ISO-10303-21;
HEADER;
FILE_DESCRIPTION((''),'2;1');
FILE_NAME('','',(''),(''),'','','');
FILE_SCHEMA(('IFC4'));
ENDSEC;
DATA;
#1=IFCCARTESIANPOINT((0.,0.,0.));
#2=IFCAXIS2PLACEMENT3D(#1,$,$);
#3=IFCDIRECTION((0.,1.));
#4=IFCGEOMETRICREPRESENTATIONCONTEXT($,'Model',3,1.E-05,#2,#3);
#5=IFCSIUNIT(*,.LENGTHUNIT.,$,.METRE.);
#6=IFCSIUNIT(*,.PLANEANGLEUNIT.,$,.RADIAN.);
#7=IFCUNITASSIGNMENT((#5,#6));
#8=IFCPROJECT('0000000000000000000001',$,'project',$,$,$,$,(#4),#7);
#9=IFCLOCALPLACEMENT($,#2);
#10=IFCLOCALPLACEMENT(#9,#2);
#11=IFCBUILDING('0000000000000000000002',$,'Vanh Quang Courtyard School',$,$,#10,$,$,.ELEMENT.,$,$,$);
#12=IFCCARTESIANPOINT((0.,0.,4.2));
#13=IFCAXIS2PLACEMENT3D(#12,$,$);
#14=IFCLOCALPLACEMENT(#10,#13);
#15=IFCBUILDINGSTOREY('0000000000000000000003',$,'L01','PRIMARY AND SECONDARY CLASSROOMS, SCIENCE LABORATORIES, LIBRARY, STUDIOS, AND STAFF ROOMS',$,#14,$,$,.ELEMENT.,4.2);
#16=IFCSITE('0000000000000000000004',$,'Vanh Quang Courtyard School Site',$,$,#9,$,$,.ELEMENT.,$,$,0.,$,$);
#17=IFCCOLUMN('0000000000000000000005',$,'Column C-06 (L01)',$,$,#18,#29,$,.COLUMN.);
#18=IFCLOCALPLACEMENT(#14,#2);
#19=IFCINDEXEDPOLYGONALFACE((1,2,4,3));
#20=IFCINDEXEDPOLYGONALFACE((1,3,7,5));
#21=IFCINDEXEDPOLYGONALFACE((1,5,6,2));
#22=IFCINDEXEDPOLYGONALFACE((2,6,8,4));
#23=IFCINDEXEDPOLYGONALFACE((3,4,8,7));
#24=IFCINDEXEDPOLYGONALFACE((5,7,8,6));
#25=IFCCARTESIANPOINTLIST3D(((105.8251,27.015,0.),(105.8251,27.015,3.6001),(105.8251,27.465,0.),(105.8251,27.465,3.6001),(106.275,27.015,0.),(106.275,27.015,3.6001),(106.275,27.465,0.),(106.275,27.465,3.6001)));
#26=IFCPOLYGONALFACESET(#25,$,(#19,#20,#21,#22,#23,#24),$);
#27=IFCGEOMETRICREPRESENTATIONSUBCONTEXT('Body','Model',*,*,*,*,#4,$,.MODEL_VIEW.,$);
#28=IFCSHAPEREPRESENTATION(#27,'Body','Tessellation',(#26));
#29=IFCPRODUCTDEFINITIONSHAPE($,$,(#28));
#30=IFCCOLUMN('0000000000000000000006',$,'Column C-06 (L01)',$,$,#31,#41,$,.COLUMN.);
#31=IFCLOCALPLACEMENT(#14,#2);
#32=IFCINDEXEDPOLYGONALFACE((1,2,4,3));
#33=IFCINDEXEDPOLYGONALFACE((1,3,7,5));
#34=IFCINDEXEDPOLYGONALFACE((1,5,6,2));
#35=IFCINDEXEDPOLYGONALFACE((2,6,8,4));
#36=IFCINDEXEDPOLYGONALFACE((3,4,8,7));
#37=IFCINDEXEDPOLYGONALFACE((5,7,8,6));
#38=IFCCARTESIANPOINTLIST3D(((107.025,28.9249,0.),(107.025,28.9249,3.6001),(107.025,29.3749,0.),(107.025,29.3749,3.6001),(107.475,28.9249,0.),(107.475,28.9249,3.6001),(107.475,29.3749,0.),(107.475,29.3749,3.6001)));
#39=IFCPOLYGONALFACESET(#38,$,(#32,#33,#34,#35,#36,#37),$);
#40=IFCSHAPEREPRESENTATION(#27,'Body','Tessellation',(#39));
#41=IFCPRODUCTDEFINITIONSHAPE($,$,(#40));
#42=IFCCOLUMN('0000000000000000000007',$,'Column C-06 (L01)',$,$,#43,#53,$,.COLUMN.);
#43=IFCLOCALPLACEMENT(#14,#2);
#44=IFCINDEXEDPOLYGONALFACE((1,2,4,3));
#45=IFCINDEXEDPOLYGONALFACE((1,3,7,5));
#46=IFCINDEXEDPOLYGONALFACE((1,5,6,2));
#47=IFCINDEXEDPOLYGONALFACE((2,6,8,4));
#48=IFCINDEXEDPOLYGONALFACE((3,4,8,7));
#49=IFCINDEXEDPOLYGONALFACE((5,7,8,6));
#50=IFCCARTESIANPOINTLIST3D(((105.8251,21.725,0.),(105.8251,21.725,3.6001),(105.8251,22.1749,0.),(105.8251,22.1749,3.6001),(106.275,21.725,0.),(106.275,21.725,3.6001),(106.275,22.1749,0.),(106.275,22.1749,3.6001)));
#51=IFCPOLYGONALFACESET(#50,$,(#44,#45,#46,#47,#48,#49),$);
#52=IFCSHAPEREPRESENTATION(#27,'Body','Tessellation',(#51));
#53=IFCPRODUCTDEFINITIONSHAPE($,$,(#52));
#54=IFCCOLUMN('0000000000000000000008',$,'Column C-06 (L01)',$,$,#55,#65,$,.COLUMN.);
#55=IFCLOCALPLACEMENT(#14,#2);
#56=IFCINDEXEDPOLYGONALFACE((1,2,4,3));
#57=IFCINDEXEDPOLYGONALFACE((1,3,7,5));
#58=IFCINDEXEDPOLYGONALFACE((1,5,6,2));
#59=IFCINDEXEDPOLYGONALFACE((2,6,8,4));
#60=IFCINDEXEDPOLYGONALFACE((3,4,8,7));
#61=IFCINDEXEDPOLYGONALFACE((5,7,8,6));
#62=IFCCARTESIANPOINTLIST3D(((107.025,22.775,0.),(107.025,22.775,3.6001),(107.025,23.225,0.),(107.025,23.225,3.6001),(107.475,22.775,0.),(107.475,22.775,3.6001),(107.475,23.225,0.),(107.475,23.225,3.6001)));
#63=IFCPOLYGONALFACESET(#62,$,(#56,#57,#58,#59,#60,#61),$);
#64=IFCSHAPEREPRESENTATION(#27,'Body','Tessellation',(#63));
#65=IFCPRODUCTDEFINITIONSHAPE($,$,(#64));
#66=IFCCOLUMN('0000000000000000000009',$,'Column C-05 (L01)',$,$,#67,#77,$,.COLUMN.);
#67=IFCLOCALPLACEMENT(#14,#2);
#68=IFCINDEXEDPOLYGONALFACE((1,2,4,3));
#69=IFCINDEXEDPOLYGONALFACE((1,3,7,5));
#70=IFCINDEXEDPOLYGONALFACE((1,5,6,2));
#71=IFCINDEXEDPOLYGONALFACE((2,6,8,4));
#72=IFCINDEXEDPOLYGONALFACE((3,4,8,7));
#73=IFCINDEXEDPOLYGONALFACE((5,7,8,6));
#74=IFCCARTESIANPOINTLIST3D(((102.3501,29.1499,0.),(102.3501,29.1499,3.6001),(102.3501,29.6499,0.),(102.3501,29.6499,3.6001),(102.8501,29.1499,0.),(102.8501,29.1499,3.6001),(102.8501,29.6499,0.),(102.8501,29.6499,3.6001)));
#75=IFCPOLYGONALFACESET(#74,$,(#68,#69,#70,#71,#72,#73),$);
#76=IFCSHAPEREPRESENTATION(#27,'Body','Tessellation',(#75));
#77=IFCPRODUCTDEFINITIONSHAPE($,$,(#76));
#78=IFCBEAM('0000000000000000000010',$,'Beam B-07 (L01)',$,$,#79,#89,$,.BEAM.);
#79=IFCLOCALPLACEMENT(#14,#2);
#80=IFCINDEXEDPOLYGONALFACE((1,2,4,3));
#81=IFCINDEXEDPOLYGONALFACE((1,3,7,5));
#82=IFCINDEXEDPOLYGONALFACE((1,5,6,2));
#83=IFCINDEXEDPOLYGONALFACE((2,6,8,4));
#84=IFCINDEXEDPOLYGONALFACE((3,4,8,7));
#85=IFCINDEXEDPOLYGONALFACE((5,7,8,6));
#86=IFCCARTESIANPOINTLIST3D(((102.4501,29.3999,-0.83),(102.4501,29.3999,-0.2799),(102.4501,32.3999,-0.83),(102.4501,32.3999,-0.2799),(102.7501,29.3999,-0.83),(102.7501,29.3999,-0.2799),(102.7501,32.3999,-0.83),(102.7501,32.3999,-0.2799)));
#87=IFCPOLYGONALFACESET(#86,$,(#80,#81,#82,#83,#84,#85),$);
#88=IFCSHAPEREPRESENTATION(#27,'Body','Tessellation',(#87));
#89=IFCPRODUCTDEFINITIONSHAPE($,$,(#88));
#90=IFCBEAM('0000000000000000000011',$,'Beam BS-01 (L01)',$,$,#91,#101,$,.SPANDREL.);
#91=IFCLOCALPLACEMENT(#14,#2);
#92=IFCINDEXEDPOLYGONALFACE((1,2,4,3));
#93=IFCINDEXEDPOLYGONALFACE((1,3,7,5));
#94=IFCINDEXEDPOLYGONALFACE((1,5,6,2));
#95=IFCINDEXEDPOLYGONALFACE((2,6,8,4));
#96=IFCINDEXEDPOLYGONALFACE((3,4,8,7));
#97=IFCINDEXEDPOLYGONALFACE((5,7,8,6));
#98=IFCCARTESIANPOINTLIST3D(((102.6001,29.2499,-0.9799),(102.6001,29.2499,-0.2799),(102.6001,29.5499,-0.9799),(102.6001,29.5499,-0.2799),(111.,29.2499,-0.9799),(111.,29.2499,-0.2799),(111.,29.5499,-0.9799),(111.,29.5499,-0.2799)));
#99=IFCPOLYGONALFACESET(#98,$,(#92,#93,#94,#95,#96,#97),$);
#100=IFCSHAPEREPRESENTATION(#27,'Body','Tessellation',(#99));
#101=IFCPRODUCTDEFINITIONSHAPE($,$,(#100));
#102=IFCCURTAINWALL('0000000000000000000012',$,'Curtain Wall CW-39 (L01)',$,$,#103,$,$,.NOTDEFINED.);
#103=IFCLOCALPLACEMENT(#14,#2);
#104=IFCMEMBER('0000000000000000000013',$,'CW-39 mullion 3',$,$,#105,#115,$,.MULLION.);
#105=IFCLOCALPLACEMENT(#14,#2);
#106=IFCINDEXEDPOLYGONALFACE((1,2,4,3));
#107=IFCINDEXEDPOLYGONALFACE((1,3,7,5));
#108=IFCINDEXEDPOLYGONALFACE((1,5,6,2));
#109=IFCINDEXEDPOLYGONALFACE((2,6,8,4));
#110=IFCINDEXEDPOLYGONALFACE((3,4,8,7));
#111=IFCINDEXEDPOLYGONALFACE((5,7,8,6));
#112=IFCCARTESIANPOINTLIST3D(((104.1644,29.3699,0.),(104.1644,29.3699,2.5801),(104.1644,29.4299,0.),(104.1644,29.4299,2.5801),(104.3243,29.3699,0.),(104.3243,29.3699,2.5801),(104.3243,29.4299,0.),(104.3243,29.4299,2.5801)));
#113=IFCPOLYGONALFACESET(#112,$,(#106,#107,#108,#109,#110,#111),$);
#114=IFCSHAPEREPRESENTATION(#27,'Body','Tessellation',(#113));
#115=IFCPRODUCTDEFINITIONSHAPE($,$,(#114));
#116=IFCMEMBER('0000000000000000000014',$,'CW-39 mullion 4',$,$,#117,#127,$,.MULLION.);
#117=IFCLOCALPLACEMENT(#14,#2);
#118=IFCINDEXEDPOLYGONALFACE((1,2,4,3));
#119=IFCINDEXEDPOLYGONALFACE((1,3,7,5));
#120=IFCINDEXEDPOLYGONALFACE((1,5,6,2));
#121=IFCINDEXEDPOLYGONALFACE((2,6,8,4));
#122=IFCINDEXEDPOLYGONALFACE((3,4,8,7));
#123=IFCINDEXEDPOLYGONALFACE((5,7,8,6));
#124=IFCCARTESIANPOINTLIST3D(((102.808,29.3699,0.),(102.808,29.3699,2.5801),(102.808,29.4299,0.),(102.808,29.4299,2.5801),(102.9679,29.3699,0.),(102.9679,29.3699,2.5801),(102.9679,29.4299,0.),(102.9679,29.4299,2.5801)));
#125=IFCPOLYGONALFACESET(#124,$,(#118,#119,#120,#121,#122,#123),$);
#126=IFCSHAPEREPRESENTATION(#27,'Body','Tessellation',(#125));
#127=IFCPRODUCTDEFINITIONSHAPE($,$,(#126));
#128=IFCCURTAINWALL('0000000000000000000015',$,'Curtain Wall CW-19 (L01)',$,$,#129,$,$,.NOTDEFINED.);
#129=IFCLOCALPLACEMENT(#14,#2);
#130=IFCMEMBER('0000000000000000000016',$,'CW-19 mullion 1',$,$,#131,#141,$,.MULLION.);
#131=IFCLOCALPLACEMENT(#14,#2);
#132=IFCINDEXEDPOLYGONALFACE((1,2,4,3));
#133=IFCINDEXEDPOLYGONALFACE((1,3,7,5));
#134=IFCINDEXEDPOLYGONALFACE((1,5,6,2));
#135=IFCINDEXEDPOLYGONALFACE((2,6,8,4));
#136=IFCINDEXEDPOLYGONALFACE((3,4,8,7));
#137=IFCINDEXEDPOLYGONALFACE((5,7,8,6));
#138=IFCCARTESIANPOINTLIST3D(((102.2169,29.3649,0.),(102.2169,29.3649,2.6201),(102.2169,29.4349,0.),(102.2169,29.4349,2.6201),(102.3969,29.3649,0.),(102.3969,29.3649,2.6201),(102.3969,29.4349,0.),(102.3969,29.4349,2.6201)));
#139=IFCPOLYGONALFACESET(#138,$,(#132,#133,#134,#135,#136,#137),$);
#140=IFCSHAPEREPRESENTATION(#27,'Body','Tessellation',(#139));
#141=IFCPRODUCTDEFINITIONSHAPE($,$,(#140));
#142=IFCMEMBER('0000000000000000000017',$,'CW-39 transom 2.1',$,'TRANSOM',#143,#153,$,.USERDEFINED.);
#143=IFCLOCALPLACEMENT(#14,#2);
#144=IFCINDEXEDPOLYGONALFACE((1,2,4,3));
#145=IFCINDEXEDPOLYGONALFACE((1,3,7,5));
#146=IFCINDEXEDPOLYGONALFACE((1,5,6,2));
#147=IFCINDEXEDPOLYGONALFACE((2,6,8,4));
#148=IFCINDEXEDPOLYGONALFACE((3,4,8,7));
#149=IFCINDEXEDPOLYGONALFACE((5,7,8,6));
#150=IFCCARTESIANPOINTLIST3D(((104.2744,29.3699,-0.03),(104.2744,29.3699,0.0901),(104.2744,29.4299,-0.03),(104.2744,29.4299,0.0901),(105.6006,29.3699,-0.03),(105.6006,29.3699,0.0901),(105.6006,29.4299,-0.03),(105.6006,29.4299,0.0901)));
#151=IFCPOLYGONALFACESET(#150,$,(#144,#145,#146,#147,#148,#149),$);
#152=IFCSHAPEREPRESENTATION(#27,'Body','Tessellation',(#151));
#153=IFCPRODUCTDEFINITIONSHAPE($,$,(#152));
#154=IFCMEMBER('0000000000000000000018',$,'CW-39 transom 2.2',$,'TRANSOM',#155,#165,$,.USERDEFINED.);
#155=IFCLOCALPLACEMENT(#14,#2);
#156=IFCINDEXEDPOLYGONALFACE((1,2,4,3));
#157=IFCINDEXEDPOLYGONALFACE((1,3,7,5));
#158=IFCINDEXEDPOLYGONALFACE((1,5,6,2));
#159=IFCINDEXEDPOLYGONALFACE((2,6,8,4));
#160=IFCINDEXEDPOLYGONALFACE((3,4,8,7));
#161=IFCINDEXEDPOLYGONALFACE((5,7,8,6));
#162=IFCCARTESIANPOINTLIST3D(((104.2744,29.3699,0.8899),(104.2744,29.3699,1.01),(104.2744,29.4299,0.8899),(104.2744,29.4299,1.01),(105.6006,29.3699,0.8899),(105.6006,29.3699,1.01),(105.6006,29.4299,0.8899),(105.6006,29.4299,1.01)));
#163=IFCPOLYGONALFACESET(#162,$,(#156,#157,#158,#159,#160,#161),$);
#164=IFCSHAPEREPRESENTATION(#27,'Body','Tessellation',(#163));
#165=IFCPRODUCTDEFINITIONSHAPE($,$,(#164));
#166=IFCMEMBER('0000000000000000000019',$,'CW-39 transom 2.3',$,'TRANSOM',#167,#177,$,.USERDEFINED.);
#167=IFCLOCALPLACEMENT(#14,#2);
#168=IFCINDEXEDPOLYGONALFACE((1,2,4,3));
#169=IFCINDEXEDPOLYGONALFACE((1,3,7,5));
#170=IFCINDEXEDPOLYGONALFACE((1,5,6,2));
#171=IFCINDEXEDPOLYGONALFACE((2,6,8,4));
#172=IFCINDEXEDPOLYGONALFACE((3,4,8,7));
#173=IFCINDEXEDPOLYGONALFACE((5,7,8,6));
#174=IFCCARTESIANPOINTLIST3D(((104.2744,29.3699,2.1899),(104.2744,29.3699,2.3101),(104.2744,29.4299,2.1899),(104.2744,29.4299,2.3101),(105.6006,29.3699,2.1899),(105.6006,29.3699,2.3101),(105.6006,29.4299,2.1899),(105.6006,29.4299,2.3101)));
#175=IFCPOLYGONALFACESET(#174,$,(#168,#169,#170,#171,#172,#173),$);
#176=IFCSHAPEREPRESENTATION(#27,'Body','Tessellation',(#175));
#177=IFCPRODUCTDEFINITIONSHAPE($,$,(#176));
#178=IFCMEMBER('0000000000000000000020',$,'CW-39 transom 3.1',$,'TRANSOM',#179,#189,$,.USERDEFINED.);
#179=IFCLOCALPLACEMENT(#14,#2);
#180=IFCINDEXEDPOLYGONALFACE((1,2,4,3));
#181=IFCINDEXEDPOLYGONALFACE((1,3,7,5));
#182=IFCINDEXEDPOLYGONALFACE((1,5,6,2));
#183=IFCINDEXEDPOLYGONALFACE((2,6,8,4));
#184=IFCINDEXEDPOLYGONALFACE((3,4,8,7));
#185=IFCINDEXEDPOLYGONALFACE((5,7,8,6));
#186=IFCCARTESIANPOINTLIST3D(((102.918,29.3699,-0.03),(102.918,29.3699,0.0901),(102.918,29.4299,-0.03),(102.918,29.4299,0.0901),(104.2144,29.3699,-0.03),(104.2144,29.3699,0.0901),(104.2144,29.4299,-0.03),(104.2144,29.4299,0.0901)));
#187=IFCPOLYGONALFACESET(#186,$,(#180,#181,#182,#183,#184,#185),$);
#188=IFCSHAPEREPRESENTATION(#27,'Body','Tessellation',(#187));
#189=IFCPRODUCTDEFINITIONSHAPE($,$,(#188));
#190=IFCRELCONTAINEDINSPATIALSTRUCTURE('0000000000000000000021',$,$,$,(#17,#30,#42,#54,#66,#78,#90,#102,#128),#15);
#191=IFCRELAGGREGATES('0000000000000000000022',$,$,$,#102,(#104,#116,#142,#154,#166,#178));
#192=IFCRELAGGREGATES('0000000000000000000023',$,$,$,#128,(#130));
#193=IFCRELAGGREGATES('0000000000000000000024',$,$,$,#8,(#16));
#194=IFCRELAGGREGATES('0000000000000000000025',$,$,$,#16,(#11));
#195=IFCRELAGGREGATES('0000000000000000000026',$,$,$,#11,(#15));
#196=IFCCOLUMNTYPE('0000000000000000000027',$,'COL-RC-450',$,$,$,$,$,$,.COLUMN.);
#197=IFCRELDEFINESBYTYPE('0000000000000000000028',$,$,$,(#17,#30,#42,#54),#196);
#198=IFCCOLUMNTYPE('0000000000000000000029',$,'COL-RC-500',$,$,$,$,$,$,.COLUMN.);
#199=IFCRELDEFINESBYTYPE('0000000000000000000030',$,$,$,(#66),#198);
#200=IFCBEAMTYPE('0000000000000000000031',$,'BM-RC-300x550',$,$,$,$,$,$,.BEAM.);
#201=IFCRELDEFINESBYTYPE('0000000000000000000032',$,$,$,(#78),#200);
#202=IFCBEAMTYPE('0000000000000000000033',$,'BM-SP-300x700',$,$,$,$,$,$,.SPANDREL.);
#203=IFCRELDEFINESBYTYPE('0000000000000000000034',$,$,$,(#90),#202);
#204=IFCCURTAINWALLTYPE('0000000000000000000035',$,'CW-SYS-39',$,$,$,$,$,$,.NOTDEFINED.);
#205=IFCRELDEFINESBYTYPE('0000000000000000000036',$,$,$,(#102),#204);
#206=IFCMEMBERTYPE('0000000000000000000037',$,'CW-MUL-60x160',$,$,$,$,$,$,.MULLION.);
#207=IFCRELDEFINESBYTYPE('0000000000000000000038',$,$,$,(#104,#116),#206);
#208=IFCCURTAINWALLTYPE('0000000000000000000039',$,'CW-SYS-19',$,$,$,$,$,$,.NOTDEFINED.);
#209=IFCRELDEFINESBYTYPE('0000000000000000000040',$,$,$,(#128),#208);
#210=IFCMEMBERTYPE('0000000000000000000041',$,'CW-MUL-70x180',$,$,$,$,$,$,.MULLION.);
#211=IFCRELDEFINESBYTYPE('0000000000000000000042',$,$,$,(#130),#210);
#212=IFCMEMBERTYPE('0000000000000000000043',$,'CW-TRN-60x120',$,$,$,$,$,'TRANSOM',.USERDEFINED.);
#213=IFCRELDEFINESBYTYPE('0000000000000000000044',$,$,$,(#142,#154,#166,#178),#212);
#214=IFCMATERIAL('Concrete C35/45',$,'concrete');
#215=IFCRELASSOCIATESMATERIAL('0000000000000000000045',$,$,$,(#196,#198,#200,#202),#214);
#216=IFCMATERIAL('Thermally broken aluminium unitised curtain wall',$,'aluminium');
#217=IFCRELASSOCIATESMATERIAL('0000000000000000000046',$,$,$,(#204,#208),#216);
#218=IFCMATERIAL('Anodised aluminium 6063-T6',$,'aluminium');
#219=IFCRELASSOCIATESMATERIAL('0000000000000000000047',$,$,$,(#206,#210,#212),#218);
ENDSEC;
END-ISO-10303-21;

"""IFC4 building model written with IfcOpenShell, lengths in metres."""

from ifc_helpers import new_model, si_unit, direction, frame, origin, origin_2d, place, context, subcontext, project, spatial, rectangle, extrude, material, material_profile, profile_set, type_object, element, aggregate, save


model = new_model("IFC4")

# Units and contexts
model_context = context("Model", 3, precision=1e-05, world=origin(), true_north=direction((0.0, 1.0)))
body_context = subcontext(model_context, "Body", "Model", "MODEL_VIEW")
ifc_project = project(units=[si_unit("LENGTHUNIT", "METRE"), si_unit("PLANEANGLEUNIT", "RADIAN")], contexts=[model_context])

# Site, building, storey
site_placement = place(None, origin())
site = spatial("IfcSite", under=ifc_project, at=site_placement, Name="Vanh Quang Courtyard School Site", CompositionType="ELEMENT", RefElevation=0.0)
building_placement = place(site_placement, origin())
building = spatial("IfcBuilding", under=site, at=building_placement, Name="Vanh Quang Courtyard School", CompositionType="ELEMENT")
storey_placement = place(building_placement, frame((0.0, 0.0, 4.2)))
storey = spatial("IfcBuildingStorey", under=building, at=storey_placement, Name="L01", Description="PRIMARY AND SECONDARY CLASSROOMS, SCIENCE LABORATORIES, LIBRARY, STUDIOS, AND STAFF ROOMS", CompositionType="ELEMENT", Elevation=4.2)

# Columns
ifc_material_1 = material(Name="Concrete C35/45", Category="concrete")
ifc_material_profile_1 = material_profile(ifc_material_1, rectangle(XDim=0.45, YDim=0.45, at=origin_2d()), Name="RC-COL 450x450")
ifc_profile_set_1 = profile_set([ifc_material_profile_1], Name="Concrete C35/45")
column_type_1 = type_object("IfcColumnType", Name="COL-RC-450", PredefinedType="COLUMN", material=ifc_profile_set_1)
for number, where, z_axis, x_axis, name in (
    (1, (106.05, 27.24, 0.0), (0.0, 0.0, 1.0), (1.0, 0.0, 0.0), "Column C-06 (L01)"),
    (2, (107.25, 29.1499, 0.0), (0.0, 0.0, 1.0), (1.0, 0.0, 0.0), "Column C-06 (L01)"),
    (3, (106.05, 21.95, 0.0), (0.0, 0.0, 1.0), (1.0, 0.0, 0.0), "Column C-06 (L01)"),
    (4, (107.25, 23.0, 0.0), (0.0, 0.0, 1.0), (1.0, 0.0, 0.0), "Column C-06 (L01)"),
):
    element("IfcColumn", number, at=place(storey_placement, frame(where, z_axis=z_axis, x_axis=x_axis)), inside=storey, type_object=column_type_1, Name=name, PredefinedType="COLUMN", context=body_context, shape_type="SweptSolid", body=[
        extrude(rectangle(XDim=0.45, YDim=0.45, at=origin_2d()), origin(), (0.0, 0.0, 1.0), 3.6001),
    ])
ifc_material_profile_2 = material_profile(ifc_material_1, rectangle(XDim=0.5, YDim=0.5, at=origin_2d()), Name="RC-COL 500x500")
ifc_profile_set_2 = profile_set([ifc_material_profile_2], Name="Concrete C35/45")
column_type_2 = type_object("IfcColumnType", Name="COL-RC-500", PredefinedType="COLUMN", material=ifc_profile_set_2)
column_placement = place(storey_placement, frame((102.6001, 29.3999, 0.0), z_axis=(0.0, 0.0, 1.0), x_axis=(1.0, 0.0, 0.0)))
element("IfcColumn", 5, at=column_placement, inside=storey, type_object=column_type_2, Name="Column C-05 (L01)", PredefinedType="COLUMN", context=body_context, shape_type="SweptSolid", body=[
    extrude(rectangle(XDim=0.5, YDim=0.5, at=origin_2d()), origin(), (0.0, 0.0, 1.0), 3.6001),
])

# Beams
ifc_material_profile_3 = material_profile(ifc_material_1, rectangle(XDim=0.3, YDim=0.55, at=origin_2d()), Name="RC-BM 300x550")
ifc_profile_set_3 = profile_set([ifc_material_profile_3], Name="Concrete C35/45")
beam_type_1 = type_object("IfcBeamType", Name="BM-RC-300x550", PredefinedType="BEAM", material=ifc_profile_set_3)
beam_1_placement = place(storey_placement, frame((102.6001, 29.3999, -0.5549), z_axis=(0.0, 1.0, 0.0), x_axis=(-1.0, 0.0, 0.0)))
element("IfcBeam", 6, at=beam_1_placement, inside=storey, type_object=beam_type_1, Name="Beam B-07 (L01)", PredefinedType="BEAM", context=body_context, shape_type="SweptSolid", body=[
    extrude(rectangle(XDim=0.3, YDim=0.55, at=origin_2d()), origin(), (0.0, 0.0, 1.0), 3.0),
])
ifc_material_profile_4 = material_profile(ifc_material_1, rectangle(XDim=0.3, YDim=0.7, at=origin_2d()), Name="RC-SP 300x700")
ifc_profile_set_4 = profile_set([ifc_material_profile_4], Name="Concrete C35/45")
beam_type_2 = type_object("IfcBeamType", Name="BM-SP-300x700", PredefinedType="SPANDREL", material=ifc_profile_set_4)
beam_2_placement = place(storey_placement, frame((102.6001, 29.3999, -0.6299), z_axis=(1.0, 0.0, 0.0), x_axis=(0.0, 1.0, 0.0)))
element("IfcBeam", 7, at=beam_2_placement, inside=storey, type_object=beam_type_2, Name="Beam BS-01 (L01)", PredefinedType="SPANDREL", context=body_context, shape_type="SweptSolid", body=[
    extrude(rectangle(XDim=0.3, YDim=0.7, at=origin_2d()), origin(), (0.0, 0.0, 1.0), 8.3999),
])

# Curtain wall, members
ifc_material_2 = material(Name="Thermally broken aluminium unitised curtain wall", Category="aluminium")
curtain_wall_type_1 = type_object("IfcCurtainWallType", Name="CW-SYS-39", PredefinedType="NOTDEFINED", material=ifc_material_2)
curtain_wall_1_placement = place(storey_placement, origin())
curtain_wall_1 = element("IfcCurtainWall", 8, at=curtain_wall_1_placement, inside=storey, type_object=curtain_wall_type_1, Name="Curtain Wall CW-39 (L01)", PredefinedType="NOTDEFINED")
ifc_material_3 = material(Name="Anodised aluminium 6063-T6", Category="aluminium")
ifc_material_profile_5 = material_profile(ifc_material_3, rectangle(XDim=0.0601, YDim=0.1599, at=origin_2d()), Name="ALU-MUL 60x160")
ifc_profile_set_5 = profile_set([ifc_material_profile_5], Name="Anodised aluminium 6063-T6")
member_type_1 = type_object("IfcMemberType", Name="CW-MUL-60x160", PredefinedType="MULLION", material=ifc_profile_set_5)
member_1_placement = place(storey_placement, frame((104.2444, 29.3999, 0.0), z_axis=(0.0, 0.0, 1.0), x_axis=(0.0, -1.0, 0.0)))
member_1 = element("IfcMember", 9, at=member_1_placement, type_object=member_type_1, Name="CW-39 mullion 3", PredefinedType="MULLION", context=body_context, shape_type="SweptSolid", body=[
    extrude(rectangle(XDim=0.0601, YDim=0.1599, at=origin_2d()), origin(), (0.0, 0.0, 1.0), 2.5801),
])
member_2_placement = place(storey_placement, frame((102.8879, 29.3999, 0.0), z_axis=(0.0, 0.0, 1.0), x_axis=(0.0, -1.0, 0.0)))
member_2 = element("IfcMember", 10, at=member_2_placement, type_object=member_type_1, Name="CW-39 mullion 4", PredefinedType="MULLION", context=body_context, shape_type="SweptSolid", body=[
    extrude(rectangle(XDim=0.0601, YDim=0.1599, at=origin_2d()), origin(), (0.0, 0.0, 1.0), 2.5801),
])

# Curtain wall, member
curtain_wall_type_2 = type_object("IfcCurtainWallType", Name="CW-SYS-19", PredefinedType="NOTDEFINED", material=ifc_material_2)
curtain_wall_2_placement = place(storey_placement, origin())
curtain_wall_2 = element("IfcCurtainWall", 11, at=curtain_wall_2_placement, inside=storey, type_object=curtain_wall_type_2, Name="Curtain Wall CW-19 (L01)", PredefinedType="NOTDEFINED")
ifc_material_profile_6 = material_profile(ifc_material_3, rectangle(XDim=0.0701, YDim=0.1799, at=origin_2d()), Name="ALU-MUL 70x180")
ifc_profile_set_6 = profile_set([ifc_material_profile_6], Name="Anodised aluminium 6063-T6")
member_type_2 = type_object("IfcMemberType", Name="CW-MUL-70x180", PredefinedType="MULLION", material=ifc_profile_set_6)
member_3_placement = place(storey_placement, frame((102.3069, 29.3999, 0.0), z_axis=(0.0, 0.0, 1.0), x_axis=(0.0, -1.0, 0.0)))
member_3 = element("IfcMember", 12, at=member_3_placement, type_object=member_type_2, Name="CW-19 mullion 1", PredefinedType="MULLION", context=body_context, shape_type="SweptSolid", body=[
    extrude(rectangle(XDim=0.0701, YDim=0.1799, at=origin_2d()), origin(), (0.0, 0.0, 1.0), 2.6201),
])

# Members
ifc_material_profile_7 = material_profile(ifc_material_3, rectangle(XDim=0.0601, YDim=0.1201, at=origin_2d()), Name="ALU-TRN 60x120")
ifc_profile_set_7 = profile_set([ifc_material_profile_7], Name="Anodised aluminium 6063-T6")
member_type_3 = type_object("IfcMemberType", Name="CW-TRN-60x120", ElementType="TRANSOM", PredefinedType="USERDEFINED", material=ifc_profile_set_7)
member_4_placement = place(storey_placement, frame((105.6006, 29.3999, 0.03), z_axis=(-1.0, 0.0, 0.0), x_axis=(0.0, -1.0, 0.0)))
member_4 = element("IfcMember", 13, at=member_4_placement, type_object=member_type_3, Name="CW-39 transom 2.1", ObjectType="TRANSOM", PredefinedType="USERDEFINED", context=body_context, shape_type="SweptSolid", body=[
    extrude(rectangle(XDim=0.0601, YDim=0.1201, at=origin_2d()), origin(), (0.0, 0.0, 1.0), 1.3262),
])
member_5_placement = place(storey_placement, frame((105.6006, 29.3999, 0.95), z_axis=(-1.0, 0.0, 0.0), x_axis=(0.0, -1.0, 0.0)))
member_5 = element("IfcMember", 14, at=member_5_placement, type_object=member_type_3, Name="CW-39 transom 2.2", ObjectType="TRANSOM", PredefinedType="USERDEFINED", context=body_context, shape_type="SweptSolid", body=[
    extrude(rectangle(XDim=0.0601, YDim=0.1201, at=origin_2d()), origin(), (0.0, 0.0, 1.0), 1.3262),
])
member_6_placement = place(storey_placement, frame((105.6006, 29.3999, 2.25), z_axis=(-1.0, 0.0, 0.0), x_axis=(0.0, -1.0, 0.0)))
member_6 = element("IfcMember", 15, at=member_6_placement, type_object=member_type_3, Name="CW-39 transom 2.3", ObjectType="TRANSOM", PredefinedType="USERDEFINED", context=body_context, shape_type="SweptSolid", body=[
    extrude(rectangle(XDim=0.0601, YDim=0.1201, at=origin_2d()), origin(), (0.0, 0.0, 1.0), 1.3262),
])
member_7_placement = place(storey_placement, frame((104.2144, 29.3999, 0.03), z_axis=(-1.0, 0.0, 0.0), x_axis=(0.0, -1.0, 0.0)))
member_7 = element("IfcMember", 16, at=member_7_placement, type_object=member_type_3, Name="CW-39 transom 3.1", ObjectType="TRANSOM", PredefinedType="USERDEFINED", context=body_context, shape_type="SweptSolid", body=[
    extrude(rectangle(XDim=0.0601, YDim=0.1201, at=origin_2d()), origin(), (0.0, 0.0, 1.0), 1.2964),
])

aggregate(curtain_wall_1, [member_1, member_2, member_4, member_5, member_6, member_7])
aggregate(curtain_wall_2, [member_3])

save(model, "model.ifc")
